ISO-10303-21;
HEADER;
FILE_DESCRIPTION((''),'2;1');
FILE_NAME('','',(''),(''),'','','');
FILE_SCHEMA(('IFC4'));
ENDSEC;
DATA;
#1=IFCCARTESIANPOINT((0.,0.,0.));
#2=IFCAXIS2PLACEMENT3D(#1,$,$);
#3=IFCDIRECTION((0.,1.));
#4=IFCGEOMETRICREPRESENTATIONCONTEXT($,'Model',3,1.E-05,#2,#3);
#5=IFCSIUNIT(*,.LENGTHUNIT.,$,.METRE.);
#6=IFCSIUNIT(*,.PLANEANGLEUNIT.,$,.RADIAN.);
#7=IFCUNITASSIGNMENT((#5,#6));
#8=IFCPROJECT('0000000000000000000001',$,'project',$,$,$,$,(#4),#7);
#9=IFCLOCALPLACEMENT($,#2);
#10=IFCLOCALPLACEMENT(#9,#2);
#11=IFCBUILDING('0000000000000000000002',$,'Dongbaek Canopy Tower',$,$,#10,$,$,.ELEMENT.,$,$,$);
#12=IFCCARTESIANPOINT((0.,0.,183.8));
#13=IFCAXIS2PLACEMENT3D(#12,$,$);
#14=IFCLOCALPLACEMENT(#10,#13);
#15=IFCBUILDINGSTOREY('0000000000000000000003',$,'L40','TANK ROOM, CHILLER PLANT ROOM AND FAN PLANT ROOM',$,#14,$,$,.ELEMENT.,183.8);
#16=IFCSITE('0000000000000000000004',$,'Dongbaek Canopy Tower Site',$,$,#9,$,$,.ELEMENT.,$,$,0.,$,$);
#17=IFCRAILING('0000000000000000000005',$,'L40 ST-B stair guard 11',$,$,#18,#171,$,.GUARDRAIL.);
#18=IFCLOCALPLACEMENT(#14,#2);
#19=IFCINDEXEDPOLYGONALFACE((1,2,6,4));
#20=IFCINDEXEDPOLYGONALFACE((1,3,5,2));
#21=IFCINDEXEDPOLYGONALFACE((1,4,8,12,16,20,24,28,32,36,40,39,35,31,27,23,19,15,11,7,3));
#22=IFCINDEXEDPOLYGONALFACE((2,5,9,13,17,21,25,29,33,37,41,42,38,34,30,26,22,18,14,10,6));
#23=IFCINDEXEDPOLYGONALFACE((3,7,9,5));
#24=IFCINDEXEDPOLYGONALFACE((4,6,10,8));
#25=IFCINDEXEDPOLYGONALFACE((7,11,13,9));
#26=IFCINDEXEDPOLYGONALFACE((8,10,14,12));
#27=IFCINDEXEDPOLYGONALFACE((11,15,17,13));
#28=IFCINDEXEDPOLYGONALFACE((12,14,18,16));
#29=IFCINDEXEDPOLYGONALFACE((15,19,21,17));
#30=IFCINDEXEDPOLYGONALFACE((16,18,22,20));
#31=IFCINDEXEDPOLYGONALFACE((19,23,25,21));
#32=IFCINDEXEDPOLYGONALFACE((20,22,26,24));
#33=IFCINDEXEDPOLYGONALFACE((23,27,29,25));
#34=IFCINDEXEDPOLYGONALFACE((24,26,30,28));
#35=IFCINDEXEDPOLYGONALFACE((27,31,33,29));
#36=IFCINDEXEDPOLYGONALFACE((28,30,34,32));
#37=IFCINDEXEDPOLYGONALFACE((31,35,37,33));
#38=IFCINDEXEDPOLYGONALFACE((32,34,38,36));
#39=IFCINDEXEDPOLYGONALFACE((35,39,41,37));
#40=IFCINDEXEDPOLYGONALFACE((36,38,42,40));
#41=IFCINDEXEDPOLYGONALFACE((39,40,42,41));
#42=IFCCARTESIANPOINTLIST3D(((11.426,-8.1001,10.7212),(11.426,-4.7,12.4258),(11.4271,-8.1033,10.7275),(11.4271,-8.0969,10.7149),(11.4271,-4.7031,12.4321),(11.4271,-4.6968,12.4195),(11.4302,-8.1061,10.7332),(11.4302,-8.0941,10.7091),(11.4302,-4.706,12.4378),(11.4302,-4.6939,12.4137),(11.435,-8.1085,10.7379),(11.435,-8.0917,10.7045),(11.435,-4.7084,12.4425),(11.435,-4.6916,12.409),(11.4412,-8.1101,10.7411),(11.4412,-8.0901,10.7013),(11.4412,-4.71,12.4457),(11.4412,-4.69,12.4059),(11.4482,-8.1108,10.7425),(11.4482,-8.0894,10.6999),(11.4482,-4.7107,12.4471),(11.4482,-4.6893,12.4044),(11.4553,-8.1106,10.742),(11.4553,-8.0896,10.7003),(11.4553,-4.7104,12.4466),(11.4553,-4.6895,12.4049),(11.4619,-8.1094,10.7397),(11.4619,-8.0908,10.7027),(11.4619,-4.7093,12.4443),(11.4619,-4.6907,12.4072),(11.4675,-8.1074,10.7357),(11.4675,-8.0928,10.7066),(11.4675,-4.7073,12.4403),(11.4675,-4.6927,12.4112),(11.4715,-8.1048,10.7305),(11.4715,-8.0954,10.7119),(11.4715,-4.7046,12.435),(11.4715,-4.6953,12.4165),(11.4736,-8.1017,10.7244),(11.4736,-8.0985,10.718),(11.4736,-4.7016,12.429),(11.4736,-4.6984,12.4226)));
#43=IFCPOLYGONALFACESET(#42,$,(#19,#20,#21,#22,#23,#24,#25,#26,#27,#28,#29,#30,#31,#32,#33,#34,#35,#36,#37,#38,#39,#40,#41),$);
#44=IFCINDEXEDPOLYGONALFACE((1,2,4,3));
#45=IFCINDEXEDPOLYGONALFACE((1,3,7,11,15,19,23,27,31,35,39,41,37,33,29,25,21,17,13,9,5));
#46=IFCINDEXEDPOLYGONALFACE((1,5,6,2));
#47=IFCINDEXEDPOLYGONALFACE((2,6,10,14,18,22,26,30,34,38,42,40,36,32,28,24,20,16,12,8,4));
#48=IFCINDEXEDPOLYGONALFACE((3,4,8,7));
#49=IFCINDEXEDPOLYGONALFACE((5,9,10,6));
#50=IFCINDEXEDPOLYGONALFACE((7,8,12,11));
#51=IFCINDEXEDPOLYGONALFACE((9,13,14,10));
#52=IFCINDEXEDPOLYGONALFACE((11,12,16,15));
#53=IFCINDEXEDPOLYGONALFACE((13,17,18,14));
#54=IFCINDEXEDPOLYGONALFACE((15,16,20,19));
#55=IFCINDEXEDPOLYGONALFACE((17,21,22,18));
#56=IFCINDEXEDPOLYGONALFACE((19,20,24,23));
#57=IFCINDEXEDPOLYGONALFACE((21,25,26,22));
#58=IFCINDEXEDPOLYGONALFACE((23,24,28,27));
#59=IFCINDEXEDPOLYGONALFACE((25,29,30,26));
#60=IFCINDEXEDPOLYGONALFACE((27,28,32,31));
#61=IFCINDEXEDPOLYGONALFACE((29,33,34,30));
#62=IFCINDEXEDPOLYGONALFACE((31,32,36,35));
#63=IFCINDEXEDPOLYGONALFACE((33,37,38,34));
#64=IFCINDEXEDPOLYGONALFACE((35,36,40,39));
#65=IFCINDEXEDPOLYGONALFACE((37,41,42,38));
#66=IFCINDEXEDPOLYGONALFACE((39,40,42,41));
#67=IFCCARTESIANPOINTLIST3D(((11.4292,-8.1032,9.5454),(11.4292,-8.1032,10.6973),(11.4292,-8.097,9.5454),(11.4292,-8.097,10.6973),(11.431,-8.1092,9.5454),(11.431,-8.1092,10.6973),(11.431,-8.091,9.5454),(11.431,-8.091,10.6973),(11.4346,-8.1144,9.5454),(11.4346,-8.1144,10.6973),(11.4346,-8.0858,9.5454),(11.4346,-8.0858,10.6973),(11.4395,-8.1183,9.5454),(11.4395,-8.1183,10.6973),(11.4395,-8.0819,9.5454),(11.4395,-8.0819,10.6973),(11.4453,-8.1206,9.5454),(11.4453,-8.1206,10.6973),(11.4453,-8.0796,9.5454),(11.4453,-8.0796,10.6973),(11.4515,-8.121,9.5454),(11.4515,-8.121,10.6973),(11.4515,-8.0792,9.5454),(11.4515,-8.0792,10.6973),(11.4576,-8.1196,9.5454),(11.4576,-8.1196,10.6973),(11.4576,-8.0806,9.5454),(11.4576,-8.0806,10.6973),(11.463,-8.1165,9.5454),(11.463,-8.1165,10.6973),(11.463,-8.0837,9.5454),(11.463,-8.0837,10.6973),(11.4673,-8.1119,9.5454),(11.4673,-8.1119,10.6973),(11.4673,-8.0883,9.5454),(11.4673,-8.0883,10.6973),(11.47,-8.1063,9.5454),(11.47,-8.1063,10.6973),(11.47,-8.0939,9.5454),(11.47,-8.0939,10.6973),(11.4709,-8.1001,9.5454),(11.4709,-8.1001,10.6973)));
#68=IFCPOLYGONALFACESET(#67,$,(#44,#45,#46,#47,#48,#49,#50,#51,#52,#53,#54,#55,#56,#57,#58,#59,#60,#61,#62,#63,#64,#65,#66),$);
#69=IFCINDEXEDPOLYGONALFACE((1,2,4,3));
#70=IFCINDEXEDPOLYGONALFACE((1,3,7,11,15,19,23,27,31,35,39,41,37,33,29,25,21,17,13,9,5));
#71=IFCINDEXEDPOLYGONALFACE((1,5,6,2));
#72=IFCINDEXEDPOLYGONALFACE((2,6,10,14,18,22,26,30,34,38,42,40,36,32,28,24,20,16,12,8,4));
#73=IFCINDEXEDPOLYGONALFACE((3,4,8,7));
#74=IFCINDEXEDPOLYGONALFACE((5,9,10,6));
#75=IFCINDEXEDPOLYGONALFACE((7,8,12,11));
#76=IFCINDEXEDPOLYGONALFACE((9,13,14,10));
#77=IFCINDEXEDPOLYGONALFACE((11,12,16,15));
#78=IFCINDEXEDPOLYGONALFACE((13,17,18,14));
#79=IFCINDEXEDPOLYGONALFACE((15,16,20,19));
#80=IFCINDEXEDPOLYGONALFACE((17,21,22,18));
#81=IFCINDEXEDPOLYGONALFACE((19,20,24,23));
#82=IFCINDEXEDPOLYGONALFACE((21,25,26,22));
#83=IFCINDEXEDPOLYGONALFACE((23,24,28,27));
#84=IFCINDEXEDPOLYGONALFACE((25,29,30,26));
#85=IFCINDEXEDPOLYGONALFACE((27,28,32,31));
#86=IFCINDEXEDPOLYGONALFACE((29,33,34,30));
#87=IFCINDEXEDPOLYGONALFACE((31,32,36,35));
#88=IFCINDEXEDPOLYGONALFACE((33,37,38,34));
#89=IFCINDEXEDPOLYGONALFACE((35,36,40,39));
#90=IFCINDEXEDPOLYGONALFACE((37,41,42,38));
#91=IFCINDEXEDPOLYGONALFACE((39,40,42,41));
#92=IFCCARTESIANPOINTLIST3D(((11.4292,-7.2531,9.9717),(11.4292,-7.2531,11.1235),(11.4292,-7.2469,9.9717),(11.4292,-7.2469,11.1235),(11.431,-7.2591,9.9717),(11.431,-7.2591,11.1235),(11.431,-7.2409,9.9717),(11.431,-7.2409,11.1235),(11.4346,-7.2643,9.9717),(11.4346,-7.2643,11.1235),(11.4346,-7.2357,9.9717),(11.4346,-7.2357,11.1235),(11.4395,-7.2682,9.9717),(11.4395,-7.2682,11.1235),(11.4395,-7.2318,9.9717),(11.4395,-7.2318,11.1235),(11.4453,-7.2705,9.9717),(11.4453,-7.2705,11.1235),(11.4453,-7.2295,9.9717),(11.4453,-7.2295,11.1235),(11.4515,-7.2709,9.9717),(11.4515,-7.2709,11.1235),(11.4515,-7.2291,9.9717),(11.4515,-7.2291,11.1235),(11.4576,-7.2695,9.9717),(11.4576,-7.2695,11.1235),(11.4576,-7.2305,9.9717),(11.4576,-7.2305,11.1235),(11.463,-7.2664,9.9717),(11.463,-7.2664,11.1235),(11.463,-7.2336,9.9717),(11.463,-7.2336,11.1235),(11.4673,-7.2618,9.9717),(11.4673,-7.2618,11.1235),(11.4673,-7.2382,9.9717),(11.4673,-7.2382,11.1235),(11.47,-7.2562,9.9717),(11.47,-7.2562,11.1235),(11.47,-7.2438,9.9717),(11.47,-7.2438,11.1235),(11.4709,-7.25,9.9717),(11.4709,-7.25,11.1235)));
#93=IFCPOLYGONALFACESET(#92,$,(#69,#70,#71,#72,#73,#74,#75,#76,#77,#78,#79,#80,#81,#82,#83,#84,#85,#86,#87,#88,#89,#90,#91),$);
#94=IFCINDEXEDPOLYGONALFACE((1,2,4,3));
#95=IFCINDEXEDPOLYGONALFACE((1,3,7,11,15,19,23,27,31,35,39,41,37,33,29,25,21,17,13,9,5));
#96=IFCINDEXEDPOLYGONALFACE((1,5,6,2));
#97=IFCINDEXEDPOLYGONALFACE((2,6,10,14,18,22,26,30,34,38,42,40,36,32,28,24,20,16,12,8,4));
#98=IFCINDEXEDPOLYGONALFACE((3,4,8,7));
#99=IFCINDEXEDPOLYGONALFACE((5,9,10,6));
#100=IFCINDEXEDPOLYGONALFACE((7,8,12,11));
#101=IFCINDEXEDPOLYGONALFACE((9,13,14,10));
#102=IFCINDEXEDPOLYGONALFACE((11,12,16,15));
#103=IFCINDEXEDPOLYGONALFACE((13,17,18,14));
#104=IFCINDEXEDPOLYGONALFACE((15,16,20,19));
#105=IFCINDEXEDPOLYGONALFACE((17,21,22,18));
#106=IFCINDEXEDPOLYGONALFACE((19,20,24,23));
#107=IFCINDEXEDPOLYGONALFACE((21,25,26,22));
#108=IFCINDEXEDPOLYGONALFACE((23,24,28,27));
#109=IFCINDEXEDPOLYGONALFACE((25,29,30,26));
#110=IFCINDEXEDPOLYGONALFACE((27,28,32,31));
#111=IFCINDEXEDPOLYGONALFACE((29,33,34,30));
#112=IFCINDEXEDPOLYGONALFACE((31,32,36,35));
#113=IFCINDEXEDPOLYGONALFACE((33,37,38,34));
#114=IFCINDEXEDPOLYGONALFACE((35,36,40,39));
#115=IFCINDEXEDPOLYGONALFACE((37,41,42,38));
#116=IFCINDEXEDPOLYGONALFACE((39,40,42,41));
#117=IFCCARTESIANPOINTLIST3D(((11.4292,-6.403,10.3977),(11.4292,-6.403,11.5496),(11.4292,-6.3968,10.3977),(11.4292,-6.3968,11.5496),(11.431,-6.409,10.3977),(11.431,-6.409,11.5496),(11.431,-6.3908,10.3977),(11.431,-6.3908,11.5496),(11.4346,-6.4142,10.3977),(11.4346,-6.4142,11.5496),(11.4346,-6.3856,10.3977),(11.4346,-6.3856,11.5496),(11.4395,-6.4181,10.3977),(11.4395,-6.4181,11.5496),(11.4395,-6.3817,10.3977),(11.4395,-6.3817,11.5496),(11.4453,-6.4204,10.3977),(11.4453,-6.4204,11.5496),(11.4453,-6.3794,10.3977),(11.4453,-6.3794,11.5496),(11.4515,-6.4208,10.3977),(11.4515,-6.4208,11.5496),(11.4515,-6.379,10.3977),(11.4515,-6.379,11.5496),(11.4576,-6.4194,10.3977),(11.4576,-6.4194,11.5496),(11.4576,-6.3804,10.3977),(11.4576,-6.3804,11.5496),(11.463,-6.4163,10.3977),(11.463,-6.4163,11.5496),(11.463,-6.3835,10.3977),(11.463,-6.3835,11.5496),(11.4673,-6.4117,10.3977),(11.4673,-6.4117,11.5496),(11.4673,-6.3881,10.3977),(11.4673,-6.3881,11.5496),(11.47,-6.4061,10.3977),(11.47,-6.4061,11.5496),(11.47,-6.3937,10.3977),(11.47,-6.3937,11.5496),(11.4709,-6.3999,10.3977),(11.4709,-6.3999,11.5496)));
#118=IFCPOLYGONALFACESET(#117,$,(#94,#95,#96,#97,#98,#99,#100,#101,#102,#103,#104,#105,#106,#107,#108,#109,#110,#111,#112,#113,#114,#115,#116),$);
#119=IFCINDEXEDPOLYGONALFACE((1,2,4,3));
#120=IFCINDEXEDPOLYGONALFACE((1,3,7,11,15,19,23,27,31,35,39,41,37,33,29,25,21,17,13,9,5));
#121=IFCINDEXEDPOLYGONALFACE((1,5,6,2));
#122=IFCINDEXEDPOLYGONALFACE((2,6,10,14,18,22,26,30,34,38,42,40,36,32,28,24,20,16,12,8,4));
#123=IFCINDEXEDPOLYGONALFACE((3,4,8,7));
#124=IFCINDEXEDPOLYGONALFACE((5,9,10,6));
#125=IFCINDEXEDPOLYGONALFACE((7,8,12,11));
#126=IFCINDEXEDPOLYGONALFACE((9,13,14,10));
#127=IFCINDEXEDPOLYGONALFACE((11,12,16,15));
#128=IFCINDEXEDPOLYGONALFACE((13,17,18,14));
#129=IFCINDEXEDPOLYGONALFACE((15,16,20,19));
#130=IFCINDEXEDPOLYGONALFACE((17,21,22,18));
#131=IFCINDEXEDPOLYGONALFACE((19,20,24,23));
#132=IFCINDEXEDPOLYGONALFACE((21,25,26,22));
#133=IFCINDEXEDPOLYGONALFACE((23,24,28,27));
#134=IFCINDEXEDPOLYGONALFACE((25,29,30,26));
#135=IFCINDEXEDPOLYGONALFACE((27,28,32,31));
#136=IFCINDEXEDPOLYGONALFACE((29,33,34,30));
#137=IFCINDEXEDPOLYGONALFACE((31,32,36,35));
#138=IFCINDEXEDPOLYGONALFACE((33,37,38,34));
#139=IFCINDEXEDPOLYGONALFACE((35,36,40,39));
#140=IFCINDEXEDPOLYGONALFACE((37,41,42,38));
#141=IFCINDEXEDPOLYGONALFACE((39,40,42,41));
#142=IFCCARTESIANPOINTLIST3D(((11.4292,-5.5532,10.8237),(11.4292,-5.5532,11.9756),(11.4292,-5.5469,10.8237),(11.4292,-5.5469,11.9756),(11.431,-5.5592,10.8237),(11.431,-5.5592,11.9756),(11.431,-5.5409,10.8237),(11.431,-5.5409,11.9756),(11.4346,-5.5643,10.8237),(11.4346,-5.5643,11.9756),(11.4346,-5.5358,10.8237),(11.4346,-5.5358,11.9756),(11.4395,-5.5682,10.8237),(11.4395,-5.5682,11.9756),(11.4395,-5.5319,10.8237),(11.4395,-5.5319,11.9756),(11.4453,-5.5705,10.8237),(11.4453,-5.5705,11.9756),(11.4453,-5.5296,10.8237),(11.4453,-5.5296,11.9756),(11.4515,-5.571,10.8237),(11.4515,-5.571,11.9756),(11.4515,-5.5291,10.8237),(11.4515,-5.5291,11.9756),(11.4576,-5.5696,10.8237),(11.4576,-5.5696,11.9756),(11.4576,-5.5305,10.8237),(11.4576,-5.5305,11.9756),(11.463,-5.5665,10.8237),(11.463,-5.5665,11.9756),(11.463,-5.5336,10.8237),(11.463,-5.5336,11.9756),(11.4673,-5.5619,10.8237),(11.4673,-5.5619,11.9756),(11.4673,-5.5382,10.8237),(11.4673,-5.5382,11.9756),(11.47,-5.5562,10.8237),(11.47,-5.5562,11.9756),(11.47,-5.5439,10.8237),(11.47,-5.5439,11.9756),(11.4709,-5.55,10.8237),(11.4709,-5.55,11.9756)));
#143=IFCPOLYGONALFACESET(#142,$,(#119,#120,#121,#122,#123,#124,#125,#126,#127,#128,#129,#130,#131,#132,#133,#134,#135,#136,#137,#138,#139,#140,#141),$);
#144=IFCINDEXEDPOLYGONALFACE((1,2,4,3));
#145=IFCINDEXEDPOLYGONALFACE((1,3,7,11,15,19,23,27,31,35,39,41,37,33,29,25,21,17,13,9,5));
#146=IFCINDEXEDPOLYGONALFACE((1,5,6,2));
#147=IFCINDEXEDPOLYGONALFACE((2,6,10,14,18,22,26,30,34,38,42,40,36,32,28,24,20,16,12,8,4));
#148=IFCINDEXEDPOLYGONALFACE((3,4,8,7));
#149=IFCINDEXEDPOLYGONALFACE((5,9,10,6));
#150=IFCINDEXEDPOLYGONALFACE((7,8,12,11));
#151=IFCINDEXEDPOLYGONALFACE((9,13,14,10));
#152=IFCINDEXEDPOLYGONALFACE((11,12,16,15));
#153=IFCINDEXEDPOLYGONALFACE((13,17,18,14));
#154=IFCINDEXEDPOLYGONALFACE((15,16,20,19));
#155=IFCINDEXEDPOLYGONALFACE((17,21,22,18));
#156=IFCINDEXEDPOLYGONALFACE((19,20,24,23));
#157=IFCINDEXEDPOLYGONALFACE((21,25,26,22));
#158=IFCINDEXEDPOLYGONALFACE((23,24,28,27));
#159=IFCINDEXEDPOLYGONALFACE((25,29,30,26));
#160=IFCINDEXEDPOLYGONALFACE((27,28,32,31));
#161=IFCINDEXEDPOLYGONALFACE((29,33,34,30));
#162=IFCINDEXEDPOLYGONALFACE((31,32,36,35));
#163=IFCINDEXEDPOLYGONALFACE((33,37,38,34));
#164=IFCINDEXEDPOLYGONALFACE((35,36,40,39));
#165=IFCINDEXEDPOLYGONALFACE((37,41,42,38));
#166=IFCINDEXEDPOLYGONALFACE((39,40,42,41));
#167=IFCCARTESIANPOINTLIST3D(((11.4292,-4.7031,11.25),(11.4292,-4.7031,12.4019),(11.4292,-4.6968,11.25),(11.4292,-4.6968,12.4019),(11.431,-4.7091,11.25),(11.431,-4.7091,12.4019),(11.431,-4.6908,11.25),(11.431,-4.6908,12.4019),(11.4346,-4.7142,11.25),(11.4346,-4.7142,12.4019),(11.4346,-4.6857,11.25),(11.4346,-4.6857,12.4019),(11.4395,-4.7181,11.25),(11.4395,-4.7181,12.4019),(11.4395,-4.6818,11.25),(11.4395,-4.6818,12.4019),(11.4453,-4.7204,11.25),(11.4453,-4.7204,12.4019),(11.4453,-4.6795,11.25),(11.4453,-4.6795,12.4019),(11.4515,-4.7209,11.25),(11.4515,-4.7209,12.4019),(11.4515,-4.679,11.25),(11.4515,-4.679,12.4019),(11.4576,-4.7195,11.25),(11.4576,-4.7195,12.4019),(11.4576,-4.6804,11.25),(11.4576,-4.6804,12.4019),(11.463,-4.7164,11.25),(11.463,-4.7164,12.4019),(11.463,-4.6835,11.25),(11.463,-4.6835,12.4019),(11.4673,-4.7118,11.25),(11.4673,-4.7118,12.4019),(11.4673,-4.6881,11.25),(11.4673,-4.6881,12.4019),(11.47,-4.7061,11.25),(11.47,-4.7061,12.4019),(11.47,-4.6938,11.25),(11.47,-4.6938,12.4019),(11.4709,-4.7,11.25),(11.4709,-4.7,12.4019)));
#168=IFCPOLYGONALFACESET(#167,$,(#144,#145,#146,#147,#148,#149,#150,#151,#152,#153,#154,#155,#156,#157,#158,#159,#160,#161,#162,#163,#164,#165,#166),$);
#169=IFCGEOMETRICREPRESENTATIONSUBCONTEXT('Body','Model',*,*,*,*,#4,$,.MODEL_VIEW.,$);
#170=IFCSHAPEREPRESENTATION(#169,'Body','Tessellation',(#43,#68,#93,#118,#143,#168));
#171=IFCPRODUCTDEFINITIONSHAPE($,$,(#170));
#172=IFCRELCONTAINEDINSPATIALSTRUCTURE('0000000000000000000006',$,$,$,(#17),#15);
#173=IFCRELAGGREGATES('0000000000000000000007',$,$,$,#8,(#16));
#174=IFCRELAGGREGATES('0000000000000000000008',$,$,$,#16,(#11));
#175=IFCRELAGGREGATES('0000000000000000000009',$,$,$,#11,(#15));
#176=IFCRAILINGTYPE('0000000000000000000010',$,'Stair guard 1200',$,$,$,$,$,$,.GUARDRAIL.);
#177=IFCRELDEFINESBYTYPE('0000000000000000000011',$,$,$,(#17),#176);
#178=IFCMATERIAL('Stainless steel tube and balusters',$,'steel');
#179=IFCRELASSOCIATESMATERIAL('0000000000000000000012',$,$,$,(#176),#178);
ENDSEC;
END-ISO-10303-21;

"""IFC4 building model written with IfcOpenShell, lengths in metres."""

from ifc_helpers import new_model, si_unit, direction, frame, origin, origin_2d, place, context, subcontext, project, spatial, circle, extrude, material, type_object, element, save


model = new_model("IFC4")

# Units and contexts
model_context = context("Model", 3, precision=1e-05, world=origin(), true_north=direction((0.0, 1.0)))
body_context = subcontext(model_context, "Body", "Model", "MODEL_VIEW")
ifc_project = project(units=[si_unit("LENGTHUNIT", "METRE"), si_unit("PLANEANGLEUNIT", "RADIAN")], contexts=[model_context])

# Site, building, storey
site_placement = place(None, origin())
site = spatial("IfcSite", under=ifc_project, at=site_placement, Name="Dongbaek Canopy Tower Site", CompositionType="ELEMENT", RefElevation=0.0)
building_placement = place(site_placement, origin())
building = spatial("IfcBuilding", under=site, at=building_placement, Name="Dongbaek Canopy Tower", CompositionType="ELEMENT")
storey_placement = place(building_placement, frame((0.0, 0.0, 183.8)))
storey = spatial("IfcBuildingStorey", under=building, at=storey_placement, Name="L40", Description="TANK ROOM, CHILLER PLANT ROOM AND FAN PLANT ROOM", CompositionType="ELEMENT", Elevation=183.8)

# Railing
ifc_material_1 = material(Name="Stainless steel tube and balusters", Category="steel")
railing_type_1 = type_object("IfcRailingType", Name="Stair guard 1200", PredefinedType="GUARDRAIL", material=ifc_material_1)
for number, where, name in (
    (1, (11.45, -8.1001, 9.5454), "L40 ST-B stair guard 11"),
):
    element("IfcRailing", number, at=place(storey_placement, frame(where)), inside=storey, type_object=railing_type_1, Name=name, PredefinedType="GUARDRAIL", context=body_context, shape_type="SweptSolid", body=[
        extrude(circle(Radius=0.0239, at=origin_2d()), frame((0.0, 0.0, 1.1758), z_axis=(0.0, 0.893952, 0.448163), x_axis=(-1.0, 0.0, 0.0)), (0.0, 0.0, 1.0), 3.8035),
        extrude(circle(Radius=0.021, at=origin_2d()), origin(), (0.0, 0.0, 1.0), 1.1519),
        extrude(circle(Radius=0.021, at=origin_2d()), frame((0.0, 0.8501, 0.4263)), (0.0, 0.0, 1.0), 1.1519),
        extrude(circle(Radius=0.021, at=origin_2d()), frame((0.0, 1.7002, 0.8523)), (0.0, 0.0, 1.0), 1.1519),
        extrude(circle(Radius=0.021, at=origin_2d()), frame((0.0, 2.55, 1.2783)), (0.0, 0.0, 1.0), 1.1519),
        extrude(circle(Radius=0.021, at=origin_2d()), frame((0.0, 3.4001, 1.7046)), (0.0, 0.0, 1.0), 1.1519),
    ])

save(model, "model.ifc")
